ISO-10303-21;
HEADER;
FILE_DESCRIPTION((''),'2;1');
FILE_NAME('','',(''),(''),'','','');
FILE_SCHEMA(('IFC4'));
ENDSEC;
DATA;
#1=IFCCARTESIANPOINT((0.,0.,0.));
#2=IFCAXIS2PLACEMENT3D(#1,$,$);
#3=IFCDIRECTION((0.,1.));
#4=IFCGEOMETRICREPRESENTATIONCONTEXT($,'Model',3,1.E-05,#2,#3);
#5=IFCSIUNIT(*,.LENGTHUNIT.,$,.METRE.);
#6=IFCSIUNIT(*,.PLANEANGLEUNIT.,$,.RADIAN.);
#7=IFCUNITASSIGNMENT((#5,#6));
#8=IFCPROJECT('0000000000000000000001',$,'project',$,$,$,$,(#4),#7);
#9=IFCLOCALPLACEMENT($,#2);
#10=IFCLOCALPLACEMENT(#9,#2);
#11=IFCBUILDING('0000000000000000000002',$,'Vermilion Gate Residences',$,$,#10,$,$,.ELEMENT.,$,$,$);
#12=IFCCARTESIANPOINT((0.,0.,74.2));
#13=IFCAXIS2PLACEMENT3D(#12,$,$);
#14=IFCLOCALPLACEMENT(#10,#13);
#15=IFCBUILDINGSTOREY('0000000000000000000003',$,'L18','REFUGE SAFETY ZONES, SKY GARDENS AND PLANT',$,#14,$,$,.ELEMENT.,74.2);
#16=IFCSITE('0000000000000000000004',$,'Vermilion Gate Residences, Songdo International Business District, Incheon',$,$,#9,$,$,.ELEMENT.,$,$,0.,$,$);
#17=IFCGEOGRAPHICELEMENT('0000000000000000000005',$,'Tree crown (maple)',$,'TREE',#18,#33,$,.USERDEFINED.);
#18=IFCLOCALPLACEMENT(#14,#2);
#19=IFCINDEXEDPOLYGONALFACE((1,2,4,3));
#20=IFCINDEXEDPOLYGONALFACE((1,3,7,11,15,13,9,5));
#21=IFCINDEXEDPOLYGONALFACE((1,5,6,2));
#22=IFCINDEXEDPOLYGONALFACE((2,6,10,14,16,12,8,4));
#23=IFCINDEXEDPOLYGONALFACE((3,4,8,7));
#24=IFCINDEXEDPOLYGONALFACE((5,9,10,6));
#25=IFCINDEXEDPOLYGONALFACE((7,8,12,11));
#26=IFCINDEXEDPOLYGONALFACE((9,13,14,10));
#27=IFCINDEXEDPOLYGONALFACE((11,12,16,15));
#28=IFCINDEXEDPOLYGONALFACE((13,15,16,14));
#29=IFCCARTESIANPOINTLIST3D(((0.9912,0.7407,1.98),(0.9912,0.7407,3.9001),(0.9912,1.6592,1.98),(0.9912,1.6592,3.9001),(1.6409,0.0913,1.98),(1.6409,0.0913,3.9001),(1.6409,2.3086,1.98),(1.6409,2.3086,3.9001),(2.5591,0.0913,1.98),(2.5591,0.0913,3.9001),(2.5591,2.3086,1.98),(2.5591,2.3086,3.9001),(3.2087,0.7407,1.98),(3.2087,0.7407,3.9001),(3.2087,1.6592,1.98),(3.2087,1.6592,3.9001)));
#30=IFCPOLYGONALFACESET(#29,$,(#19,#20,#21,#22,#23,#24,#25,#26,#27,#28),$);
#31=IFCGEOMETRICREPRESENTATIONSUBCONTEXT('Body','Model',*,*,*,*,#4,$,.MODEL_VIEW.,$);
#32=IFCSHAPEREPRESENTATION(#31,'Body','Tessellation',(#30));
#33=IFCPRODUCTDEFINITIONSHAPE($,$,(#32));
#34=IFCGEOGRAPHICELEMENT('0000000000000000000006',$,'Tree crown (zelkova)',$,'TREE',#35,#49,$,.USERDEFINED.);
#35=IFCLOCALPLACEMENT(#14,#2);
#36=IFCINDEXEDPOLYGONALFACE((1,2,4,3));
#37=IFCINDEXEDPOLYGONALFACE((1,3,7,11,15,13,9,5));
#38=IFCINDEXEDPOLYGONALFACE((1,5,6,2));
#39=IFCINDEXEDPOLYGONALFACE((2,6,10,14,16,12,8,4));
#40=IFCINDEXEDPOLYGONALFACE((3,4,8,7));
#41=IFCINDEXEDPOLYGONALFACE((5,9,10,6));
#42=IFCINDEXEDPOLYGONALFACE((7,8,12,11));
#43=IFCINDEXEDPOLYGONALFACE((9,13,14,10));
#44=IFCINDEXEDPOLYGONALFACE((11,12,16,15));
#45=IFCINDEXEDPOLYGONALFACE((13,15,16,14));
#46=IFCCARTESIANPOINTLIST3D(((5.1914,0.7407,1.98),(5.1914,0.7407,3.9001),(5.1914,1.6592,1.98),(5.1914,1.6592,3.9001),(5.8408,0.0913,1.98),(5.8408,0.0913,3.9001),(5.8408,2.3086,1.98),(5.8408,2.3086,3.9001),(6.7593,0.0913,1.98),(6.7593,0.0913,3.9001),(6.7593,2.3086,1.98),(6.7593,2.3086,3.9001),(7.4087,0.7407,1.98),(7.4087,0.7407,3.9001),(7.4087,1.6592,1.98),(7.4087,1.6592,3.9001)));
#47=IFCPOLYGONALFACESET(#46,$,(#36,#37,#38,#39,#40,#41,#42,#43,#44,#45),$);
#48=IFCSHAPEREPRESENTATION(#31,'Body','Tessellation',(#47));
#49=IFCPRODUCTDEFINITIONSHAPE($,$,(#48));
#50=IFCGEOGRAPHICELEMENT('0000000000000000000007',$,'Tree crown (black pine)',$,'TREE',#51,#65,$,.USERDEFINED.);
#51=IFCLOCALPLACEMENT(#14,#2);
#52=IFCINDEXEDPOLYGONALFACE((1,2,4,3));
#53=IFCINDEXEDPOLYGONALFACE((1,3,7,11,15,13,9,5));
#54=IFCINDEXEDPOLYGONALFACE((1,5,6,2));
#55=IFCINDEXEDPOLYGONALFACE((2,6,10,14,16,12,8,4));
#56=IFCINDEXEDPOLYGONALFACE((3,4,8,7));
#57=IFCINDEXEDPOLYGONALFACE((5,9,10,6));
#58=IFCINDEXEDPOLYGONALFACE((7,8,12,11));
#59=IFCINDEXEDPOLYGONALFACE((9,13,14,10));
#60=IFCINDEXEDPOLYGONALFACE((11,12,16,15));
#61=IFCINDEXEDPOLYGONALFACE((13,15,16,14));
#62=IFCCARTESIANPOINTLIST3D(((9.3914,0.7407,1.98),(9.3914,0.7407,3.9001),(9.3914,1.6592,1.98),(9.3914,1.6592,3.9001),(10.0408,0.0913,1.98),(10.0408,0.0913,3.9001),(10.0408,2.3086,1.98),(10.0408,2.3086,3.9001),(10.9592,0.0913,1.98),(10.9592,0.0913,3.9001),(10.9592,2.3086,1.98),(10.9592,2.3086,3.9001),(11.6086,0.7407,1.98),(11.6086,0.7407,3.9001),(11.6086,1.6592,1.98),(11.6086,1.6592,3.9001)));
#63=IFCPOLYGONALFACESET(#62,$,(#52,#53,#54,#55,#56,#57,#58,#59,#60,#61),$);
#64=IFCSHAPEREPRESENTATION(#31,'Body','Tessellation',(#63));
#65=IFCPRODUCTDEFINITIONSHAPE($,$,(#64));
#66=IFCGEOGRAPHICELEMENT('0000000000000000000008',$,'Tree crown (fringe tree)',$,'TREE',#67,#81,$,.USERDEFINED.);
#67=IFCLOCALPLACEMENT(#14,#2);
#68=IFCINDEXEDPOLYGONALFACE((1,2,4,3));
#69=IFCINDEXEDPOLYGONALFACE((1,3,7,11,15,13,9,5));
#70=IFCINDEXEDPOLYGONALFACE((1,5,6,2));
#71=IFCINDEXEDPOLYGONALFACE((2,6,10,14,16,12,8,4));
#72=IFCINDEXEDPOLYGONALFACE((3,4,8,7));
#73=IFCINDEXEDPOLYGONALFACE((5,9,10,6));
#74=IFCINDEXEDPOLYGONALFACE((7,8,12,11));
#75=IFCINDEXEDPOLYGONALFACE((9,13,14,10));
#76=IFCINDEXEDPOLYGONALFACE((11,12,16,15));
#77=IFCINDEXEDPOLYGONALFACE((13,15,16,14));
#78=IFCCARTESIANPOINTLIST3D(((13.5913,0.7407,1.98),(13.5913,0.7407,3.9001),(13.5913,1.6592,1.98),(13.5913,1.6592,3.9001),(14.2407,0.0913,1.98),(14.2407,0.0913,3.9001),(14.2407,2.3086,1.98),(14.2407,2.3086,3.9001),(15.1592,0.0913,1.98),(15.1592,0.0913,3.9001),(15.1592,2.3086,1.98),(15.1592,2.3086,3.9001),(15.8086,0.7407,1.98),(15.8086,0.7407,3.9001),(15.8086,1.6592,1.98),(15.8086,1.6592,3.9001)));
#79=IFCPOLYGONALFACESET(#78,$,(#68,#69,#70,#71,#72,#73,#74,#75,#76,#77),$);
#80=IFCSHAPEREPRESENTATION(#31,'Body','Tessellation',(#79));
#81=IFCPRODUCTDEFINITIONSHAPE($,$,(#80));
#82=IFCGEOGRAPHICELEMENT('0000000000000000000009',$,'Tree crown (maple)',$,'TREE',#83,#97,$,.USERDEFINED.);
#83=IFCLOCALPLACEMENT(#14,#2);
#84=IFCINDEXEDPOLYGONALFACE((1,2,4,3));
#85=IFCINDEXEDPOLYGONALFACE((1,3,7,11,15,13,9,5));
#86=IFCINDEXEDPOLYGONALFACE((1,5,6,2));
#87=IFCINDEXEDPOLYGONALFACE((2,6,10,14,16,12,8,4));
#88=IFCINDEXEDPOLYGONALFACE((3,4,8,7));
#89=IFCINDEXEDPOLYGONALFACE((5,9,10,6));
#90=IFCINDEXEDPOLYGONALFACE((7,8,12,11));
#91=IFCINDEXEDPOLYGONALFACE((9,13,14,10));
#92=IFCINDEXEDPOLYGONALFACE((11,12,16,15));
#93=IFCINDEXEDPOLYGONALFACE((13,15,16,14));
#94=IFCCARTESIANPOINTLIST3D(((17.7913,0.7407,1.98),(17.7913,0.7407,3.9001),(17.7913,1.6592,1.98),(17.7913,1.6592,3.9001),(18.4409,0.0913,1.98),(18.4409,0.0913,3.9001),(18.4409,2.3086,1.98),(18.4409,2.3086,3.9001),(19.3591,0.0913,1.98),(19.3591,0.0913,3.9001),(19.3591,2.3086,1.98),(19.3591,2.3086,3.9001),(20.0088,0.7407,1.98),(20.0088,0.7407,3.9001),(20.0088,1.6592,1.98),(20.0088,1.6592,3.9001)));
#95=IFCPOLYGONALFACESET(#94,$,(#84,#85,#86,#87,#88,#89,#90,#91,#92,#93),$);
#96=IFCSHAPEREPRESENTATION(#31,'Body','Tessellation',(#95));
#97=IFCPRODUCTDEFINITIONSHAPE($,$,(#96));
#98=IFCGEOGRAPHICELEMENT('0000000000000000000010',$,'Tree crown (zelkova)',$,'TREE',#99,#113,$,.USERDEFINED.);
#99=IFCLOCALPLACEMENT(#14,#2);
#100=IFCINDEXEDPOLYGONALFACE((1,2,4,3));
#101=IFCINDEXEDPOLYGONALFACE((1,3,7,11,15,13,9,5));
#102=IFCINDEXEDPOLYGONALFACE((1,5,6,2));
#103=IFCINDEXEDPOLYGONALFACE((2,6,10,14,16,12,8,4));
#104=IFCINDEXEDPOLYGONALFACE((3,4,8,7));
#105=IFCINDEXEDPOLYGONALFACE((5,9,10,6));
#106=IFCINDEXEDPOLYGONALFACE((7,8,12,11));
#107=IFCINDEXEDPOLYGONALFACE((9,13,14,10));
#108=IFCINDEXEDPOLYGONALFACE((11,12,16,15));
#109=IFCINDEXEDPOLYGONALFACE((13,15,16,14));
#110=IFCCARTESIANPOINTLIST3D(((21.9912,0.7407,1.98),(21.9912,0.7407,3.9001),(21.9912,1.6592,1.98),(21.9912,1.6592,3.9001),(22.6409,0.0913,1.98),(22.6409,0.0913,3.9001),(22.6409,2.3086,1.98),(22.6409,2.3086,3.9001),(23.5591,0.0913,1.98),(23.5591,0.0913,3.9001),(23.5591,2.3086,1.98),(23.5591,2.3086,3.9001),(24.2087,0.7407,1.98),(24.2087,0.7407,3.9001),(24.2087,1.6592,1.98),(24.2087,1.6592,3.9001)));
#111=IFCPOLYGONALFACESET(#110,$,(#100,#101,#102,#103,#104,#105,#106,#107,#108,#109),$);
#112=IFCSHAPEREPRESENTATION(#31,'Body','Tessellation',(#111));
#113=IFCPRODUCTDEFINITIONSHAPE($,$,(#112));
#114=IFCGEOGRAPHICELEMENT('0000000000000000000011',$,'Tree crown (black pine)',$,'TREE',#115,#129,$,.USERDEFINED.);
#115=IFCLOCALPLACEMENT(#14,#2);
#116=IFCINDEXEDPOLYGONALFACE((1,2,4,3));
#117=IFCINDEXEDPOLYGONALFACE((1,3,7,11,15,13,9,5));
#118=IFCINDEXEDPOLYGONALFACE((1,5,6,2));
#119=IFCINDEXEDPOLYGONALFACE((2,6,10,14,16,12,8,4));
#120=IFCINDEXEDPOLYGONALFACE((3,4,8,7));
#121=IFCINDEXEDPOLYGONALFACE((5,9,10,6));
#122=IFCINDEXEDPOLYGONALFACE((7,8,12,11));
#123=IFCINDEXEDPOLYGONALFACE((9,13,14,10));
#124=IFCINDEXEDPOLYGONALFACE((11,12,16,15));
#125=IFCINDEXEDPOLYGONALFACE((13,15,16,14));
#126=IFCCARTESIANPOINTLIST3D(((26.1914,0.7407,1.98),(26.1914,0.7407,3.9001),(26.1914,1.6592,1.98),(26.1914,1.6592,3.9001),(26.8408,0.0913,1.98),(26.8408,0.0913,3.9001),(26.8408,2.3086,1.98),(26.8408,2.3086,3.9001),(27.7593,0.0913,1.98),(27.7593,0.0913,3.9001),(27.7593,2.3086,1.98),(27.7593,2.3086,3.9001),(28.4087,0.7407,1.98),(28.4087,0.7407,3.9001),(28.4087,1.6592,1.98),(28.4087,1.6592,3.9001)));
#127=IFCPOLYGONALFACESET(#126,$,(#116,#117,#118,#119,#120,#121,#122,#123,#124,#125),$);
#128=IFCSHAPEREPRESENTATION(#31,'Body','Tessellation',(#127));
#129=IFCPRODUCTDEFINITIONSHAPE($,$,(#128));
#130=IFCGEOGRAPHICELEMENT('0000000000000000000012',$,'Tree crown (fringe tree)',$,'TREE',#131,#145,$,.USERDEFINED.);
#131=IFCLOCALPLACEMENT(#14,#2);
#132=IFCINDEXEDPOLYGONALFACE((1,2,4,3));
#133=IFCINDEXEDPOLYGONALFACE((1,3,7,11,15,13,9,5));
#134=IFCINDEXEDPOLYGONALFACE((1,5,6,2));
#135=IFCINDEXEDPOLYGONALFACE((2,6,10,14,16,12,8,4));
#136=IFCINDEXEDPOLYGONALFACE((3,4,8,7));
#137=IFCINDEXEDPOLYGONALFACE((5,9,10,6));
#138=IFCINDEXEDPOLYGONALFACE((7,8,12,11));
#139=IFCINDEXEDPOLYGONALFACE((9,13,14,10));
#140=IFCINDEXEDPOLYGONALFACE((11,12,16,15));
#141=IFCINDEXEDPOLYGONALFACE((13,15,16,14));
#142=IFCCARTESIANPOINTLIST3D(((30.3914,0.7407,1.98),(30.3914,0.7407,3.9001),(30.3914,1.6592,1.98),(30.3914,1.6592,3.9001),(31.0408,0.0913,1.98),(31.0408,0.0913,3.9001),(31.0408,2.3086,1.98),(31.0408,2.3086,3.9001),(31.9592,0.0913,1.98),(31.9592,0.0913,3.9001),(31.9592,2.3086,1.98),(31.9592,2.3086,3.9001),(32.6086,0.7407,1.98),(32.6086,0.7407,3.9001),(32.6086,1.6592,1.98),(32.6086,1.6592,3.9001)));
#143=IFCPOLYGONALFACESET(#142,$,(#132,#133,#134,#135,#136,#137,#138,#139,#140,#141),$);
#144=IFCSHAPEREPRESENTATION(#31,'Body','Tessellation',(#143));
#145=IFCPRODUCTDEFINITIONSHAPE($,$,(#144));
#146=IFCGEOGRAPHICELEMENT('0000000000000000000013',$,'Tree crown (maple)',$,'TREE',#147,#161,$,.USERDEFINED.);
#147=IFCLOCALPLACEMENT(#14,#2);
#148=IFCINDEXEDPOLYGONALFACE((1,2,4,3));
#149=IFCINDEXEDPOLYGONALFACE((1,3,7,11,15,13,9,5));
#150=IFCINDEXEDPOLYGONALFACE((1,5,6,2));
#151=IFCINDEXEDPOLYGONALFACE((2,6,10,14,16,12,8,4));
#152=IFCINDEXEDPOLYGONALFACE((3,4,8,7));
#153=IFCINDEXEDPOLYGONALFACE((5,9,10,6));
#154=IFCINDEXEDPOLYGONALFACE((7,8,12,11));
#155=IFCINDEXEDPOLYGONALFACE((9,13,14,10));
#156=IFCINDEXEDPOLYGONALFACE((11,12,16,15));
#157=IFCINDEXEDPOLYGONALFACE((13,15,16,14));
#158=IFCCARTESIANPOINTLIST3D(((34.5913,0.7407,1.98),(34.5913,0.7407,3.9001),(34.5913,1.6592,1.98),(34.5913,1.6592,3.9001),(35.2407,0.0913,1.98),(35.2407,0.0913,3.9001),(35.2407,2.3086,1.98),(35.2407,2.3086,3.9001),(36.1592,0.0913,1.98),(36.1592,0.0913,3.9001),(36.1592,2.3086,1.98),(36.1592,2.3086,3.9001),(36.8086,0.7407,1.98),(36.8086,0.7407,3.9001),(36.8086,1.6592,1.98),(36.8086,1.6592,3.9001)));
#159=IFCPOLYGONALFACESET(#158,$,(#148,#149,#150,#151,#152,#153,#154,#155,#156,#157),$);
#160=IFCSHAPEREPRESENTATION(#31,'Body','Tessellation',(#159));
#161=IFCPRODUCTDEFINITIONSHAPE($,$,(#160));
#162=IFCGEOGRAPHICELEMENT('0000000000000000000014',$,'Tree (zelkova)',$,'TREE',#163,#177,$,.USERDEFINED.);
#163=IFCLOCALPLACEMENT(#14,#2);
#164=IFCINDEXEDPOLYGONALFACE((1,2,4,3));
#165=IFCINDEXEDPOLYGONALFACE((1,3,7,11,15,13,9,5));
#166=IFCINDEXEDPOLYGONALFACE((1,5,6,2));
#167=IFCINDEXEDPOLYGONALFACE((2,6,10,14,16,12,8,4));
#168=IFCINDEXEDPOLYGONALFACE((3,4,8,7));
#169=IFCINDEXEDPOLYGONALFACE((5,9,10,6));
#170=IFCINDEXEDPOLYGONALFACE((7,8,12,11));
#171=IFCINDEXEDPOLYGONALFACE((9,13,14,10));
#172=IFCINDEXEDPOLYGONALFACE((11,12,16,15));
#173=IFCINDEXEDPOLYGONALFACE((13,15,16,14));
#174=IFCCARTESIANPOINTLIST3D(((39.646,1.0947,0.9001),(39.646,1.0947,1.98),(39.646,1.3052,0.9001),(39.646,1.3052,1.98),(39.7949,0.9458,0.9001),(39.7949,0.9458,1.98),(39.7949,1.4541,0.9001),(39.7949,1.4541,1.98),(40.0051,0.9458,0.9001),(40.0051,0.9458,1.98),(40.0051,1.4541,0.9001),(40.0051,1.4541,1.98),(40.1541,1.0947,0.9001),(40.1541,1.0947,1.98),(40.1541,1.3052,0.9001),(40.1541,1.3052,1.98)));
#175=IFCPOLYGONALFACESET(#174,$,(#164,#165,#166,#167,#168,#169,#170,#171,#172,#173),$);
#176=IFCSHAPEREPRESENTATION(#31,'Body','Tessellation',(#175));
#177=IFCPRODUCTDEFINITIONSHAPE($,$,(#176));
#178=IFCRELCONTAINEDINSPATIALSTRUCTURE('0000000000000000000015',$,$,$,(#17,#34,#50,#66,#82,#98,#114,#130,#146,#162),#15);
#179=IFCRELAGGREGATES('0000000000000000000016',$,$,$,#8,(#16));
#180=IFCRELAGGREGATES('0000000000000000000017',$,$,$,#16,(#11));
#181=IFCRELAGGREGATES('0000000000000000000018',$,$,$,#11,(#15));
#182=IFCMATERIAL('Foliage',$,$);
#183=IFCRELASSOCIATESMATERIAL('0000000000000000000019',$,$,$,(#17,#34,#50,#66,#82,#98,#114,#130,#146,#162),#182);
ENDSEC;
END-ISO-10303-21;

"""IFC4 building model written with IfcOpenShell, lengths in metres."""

from ifc_helpers import new_model, si_unit, direction, frame, origin, place, context, subcontext, project, spatial, polyline, outline, extrude, material, element, save


model = new_model("IFC4")

# Units and contexts
model_context = context("Model", 3, precision=1e-05, world=origin(), true_north=direction((0.0, 1.0)))
body_context = subcontext(model_context, "Body", "Model", "MODEL_VIEW")
ifc_project = project(units=[si_unit("LENGTHUNIT", "METRE"), si_unit("PLANEANGLEUNIT", "RADIAN")], contexts=[model_context])

# Site, building, storey
site_placement = place(None, origin())
site = spatial("IfcSite", under=ifc_project, at=site_placement, Name="Vermilion Gate Residences, Songdo International Business District, Incheon", CompositionType="ELEMENT", RefElevation=0.0)
building_placement = place(site_placement, origin())
building = spatial("IfcBuilding", under=site, at=building_placement, Name="Vermilion Gate Residences", CompositionType="ELEMENT")
storey_placement = place(building_placement, frame((0.0, 0.0, 74.2)))
storey = spatial("IfcBuildingStorey", under=building, at=storey_placement, Name="L18", Description="REFUGE SAFETY ZONES, SKY GARDENS AND PLANT", CompositionType="ELEMENT", Elevation=74.2)

# Geographic elements
ifc_material_1 = material(Name="Foliage")
geographic_element_1_placement = place(storey_placement, frame((0.0, 0.0, 1.98)))
element("IfcGeographicElement", 1, at=geographic_element_1_placement, inside=storey, material=ifc_material_1, Name="Tree crown (maple)", ObjectType="TREE", PredefinedType="USERDEFINED", context=body_context, shape_type="SweptSolid", body=[
    extrude(outline(polyline([(3.2087, 1.6592), (2.5591, 2.3086), (1.6409, 2.3086), (0.9912, 1.6592), (0.9912, 0.7407), (1.6409, 0.0913), (2.5591, 0.0913), (3.2087, 0.7407), (3.2087, 1.6592)])), origin(), (0.0, 0.0, 1.0), 1.9202),
])
geographic_element_2_placement = place(storey_placement, frame((0.0, 0.0, 1.98)))
element("IfcGeographicElement", 2, at=geographic_element_2_placement, inside=storey, material=ifc_material_1, Name="Tree crown (zelkova)", ObjectType="TREE", PredefinedType="USERDEFINED", context=body_context, shape_type="SweptSolid", body=[
    extrude(outline(polyline([(7.4087, 1.6592), (6.7593, 2.3086), (5.8408, 2.3086), (5.1914, 1.6592), (5.1914, 0.7407), (5.8408, 0.0913), (6.7593, 0.0913), (7.4087, 0.7407), (7.4087, 1.6592)])), origin(), (0.0, 0.0, 1.0), 1.9202),
])
geographic_element_3_placement = place(storey_placement, frame((0.0, 0.0, 1.98)))
element("IfcGeographicElement", 3, at=geographic_element_3_placement, inside=storey, material=ifc_material_1, Name="Tree crown (black pine)", ObjectType="TREE", PredefinedType="USERDEFINED", context=body_context, shape_type="SweptSolid", body=[
    extrude(outline(polyline([(11.6086, 1.6592), (10.9592, 2.3086), (10.0408, 2.3086), (9.3914, 1.6592), (9.3914, 0.7407), (10.0408, 0.0913), (10.9592, 0.0913), (11.6086, 0.7407), (11.6086, 1.6592)])), origin(), (0.0, 0.0, 1.0), 1.9202),
])
geographic_element_4_placement = place(storey_placement, frame((0.0, 0.0, 1.98)))
element("IfcGeographicElement", 4, at=geographic_element_4_placement, inside=storey, material=ifc_material_1, Name="Tree crown (fringe tree)", ObjectType="TREE", PredefinedType="USERDEFINED", context=body_context, shape_type="SweptSolid", body=[
    extrude(outline(polyline([(15.8086, 1.6592), (15.1592, 2.3086), (14.2407, 2.3086), (13.5913, 1.6592), (13.5913, 0.7407), (14.2407, 0.0913), (15.1592, 0.0913), (15.8086, 0.7407), (15.8086, 1.6592)])), origin(), (0.0, 0.0, 1.0), 1.9202),
])
geographic_element_5_placement = place(storey_placement, frame((0.0, 0.0, 1.98)))
element("IfcGeographicElement", 5, at=geographic_element_5_placement, inside=storey, material=ifc_material_1, Name="Tree crown (maple)", ObjectType="TREE", PredefinedType="USERDEFINED", context=body_context, shape_type="SweptSolid", body=[
    extrude(outline(polyline([(20.0088, 1.6592), (19.3591, 2.3086), (18.4409, 2.3086), (17.7913, 1.6592), (17.7913, 0.7407), (18.4409, 0.0913), (19.3591, 0.0913), (20.0088, 0.7407), (20.0088, 1.6592)])), origin(), (0.0, 0.0, 1.0), 1.9202),
])
geographic_element_6_placement = place(storey_placement, frame((0.0, 0.0, 1.98)))
element("IfcGeographicElement", 6, at=geographic_element_6_placement, inside=storey, material=ifc_material_1, Name="Tree crown (zelkova)", ObjectType="TREE", PredefinedType="USERDEFINED", context=body_context, shape_type="SweptSolid", body=[
    extrude(outline(polyline([(24.2087, 1.6592), (23.5591, 2.3086), (22.6409, 2.3086), (21.9912, 1.6592), (21.9912, 0.7407), (22.6409, 0.0913), (23.5591, 0.0913), (24.2087, 0.7407), (24.2087, 1.6592)])), origin(), (0.0, 0.0, 1.0), 1.9202),
])
geographic_element_7_placement = place(storey_placement, frame((0.0, 0.0, 1.98)))
element("IfcGeographicElement", 7, at=geographic_element_7_placement, inside=storey, material=ifc_material_1, Name="Tree crown (black pine)", ObjectType="TREE", PredefinedType="USERDEFINED", context=body_context, shape_type="SweptSolid", body=[
    extrude(outline(polyline([(28.4087, 1.6592), (27.7593, 2.3086), (26.8408, 2.3086), (26.1914, 1.6592), (26.1914, 0.7407), (26.8408, 0.0913), (27.7593, 0.0913), (28.4087, 0.7407), (28.4087, 1.6592)])), origin(), (0.0, 0.0, 1.0), 1.9202),
])
geographic_element_8_placement = place(storey_placement, frame((0.0, 0.0, 1.98)))
element("IfcGeographicElement", 8, at=geographic_element_8_placement, inside=storey, material=ifc_material_1, Name="Tree crown (fringe tree)", ObjectType="TREE", PredefinedType="USERDEFINED", context=body_context, shape_type="SweptSolid", body=[
    extrude(outline(polyline([(32.6086, 1.6592), (31.9592, 2.3086), (31.0408, 2.3086), (30.3914, 1.6592), (30.3914, 0.7407), (31.0408, 0.0913), (31.9592, 0.0913), (32.6086, 0.7407), (32.6086, 1.6592)])), origin(), (0.0, 0.0, 1.0), 1.9202),
])
geographic_element_9_placement = place(storey_placement, frame((0.0, 0.0, 1.98)))
element("IfcGeographicElement", 9, at=geographic_element_9_placement, inside=storey, material=ifc_material_1, Name="Tree crown (maple)", ObjectType="TREE", PredefinedType="USERDEFINED", context=body_context, shape_type="SweptSolid", body=[
    extrude(outline(polyline([(36.8086, 1.6592), (36.1592, 2.3086), (35.2407, 2.3086), (34.5913, 1.6592), (34.5913, 0.7407), (35.2407, 0.0913), (36.1592, 0.0913), (36.8086, 0.7407), (36.8086, 1.6592)])), origin(), (0.0, 0.0, 1.0), 1.9202),
])
geographic_element_10_placement = place(storey_placement, frame((0.0, 0.0, 0.9001)))
element("IfcGeographicElement", 10, at=geographic_element_10_placement, inside=storey, material=ifc_material_1, Name="Tree (zelkova)", ObjectType="TREE", PredefinedType="USERDEFINED", context=body_context, shape_type="SweptSolid", body=[
    extrude(outline(polyline([(40.1541, 1.3052), (40.0051, 1.4541), (39.7949, 1.4541), (39.646, 1.3052), (39.646, 1.0947), (39.7949, 0.9458), (40.0051, 0.9458), (40.1541, 1.0947), (40.1541, 1.3052)])), origin(), (0.0, 0.0, 1.0), 1.0798),
])

save(model, "model.ifc")
